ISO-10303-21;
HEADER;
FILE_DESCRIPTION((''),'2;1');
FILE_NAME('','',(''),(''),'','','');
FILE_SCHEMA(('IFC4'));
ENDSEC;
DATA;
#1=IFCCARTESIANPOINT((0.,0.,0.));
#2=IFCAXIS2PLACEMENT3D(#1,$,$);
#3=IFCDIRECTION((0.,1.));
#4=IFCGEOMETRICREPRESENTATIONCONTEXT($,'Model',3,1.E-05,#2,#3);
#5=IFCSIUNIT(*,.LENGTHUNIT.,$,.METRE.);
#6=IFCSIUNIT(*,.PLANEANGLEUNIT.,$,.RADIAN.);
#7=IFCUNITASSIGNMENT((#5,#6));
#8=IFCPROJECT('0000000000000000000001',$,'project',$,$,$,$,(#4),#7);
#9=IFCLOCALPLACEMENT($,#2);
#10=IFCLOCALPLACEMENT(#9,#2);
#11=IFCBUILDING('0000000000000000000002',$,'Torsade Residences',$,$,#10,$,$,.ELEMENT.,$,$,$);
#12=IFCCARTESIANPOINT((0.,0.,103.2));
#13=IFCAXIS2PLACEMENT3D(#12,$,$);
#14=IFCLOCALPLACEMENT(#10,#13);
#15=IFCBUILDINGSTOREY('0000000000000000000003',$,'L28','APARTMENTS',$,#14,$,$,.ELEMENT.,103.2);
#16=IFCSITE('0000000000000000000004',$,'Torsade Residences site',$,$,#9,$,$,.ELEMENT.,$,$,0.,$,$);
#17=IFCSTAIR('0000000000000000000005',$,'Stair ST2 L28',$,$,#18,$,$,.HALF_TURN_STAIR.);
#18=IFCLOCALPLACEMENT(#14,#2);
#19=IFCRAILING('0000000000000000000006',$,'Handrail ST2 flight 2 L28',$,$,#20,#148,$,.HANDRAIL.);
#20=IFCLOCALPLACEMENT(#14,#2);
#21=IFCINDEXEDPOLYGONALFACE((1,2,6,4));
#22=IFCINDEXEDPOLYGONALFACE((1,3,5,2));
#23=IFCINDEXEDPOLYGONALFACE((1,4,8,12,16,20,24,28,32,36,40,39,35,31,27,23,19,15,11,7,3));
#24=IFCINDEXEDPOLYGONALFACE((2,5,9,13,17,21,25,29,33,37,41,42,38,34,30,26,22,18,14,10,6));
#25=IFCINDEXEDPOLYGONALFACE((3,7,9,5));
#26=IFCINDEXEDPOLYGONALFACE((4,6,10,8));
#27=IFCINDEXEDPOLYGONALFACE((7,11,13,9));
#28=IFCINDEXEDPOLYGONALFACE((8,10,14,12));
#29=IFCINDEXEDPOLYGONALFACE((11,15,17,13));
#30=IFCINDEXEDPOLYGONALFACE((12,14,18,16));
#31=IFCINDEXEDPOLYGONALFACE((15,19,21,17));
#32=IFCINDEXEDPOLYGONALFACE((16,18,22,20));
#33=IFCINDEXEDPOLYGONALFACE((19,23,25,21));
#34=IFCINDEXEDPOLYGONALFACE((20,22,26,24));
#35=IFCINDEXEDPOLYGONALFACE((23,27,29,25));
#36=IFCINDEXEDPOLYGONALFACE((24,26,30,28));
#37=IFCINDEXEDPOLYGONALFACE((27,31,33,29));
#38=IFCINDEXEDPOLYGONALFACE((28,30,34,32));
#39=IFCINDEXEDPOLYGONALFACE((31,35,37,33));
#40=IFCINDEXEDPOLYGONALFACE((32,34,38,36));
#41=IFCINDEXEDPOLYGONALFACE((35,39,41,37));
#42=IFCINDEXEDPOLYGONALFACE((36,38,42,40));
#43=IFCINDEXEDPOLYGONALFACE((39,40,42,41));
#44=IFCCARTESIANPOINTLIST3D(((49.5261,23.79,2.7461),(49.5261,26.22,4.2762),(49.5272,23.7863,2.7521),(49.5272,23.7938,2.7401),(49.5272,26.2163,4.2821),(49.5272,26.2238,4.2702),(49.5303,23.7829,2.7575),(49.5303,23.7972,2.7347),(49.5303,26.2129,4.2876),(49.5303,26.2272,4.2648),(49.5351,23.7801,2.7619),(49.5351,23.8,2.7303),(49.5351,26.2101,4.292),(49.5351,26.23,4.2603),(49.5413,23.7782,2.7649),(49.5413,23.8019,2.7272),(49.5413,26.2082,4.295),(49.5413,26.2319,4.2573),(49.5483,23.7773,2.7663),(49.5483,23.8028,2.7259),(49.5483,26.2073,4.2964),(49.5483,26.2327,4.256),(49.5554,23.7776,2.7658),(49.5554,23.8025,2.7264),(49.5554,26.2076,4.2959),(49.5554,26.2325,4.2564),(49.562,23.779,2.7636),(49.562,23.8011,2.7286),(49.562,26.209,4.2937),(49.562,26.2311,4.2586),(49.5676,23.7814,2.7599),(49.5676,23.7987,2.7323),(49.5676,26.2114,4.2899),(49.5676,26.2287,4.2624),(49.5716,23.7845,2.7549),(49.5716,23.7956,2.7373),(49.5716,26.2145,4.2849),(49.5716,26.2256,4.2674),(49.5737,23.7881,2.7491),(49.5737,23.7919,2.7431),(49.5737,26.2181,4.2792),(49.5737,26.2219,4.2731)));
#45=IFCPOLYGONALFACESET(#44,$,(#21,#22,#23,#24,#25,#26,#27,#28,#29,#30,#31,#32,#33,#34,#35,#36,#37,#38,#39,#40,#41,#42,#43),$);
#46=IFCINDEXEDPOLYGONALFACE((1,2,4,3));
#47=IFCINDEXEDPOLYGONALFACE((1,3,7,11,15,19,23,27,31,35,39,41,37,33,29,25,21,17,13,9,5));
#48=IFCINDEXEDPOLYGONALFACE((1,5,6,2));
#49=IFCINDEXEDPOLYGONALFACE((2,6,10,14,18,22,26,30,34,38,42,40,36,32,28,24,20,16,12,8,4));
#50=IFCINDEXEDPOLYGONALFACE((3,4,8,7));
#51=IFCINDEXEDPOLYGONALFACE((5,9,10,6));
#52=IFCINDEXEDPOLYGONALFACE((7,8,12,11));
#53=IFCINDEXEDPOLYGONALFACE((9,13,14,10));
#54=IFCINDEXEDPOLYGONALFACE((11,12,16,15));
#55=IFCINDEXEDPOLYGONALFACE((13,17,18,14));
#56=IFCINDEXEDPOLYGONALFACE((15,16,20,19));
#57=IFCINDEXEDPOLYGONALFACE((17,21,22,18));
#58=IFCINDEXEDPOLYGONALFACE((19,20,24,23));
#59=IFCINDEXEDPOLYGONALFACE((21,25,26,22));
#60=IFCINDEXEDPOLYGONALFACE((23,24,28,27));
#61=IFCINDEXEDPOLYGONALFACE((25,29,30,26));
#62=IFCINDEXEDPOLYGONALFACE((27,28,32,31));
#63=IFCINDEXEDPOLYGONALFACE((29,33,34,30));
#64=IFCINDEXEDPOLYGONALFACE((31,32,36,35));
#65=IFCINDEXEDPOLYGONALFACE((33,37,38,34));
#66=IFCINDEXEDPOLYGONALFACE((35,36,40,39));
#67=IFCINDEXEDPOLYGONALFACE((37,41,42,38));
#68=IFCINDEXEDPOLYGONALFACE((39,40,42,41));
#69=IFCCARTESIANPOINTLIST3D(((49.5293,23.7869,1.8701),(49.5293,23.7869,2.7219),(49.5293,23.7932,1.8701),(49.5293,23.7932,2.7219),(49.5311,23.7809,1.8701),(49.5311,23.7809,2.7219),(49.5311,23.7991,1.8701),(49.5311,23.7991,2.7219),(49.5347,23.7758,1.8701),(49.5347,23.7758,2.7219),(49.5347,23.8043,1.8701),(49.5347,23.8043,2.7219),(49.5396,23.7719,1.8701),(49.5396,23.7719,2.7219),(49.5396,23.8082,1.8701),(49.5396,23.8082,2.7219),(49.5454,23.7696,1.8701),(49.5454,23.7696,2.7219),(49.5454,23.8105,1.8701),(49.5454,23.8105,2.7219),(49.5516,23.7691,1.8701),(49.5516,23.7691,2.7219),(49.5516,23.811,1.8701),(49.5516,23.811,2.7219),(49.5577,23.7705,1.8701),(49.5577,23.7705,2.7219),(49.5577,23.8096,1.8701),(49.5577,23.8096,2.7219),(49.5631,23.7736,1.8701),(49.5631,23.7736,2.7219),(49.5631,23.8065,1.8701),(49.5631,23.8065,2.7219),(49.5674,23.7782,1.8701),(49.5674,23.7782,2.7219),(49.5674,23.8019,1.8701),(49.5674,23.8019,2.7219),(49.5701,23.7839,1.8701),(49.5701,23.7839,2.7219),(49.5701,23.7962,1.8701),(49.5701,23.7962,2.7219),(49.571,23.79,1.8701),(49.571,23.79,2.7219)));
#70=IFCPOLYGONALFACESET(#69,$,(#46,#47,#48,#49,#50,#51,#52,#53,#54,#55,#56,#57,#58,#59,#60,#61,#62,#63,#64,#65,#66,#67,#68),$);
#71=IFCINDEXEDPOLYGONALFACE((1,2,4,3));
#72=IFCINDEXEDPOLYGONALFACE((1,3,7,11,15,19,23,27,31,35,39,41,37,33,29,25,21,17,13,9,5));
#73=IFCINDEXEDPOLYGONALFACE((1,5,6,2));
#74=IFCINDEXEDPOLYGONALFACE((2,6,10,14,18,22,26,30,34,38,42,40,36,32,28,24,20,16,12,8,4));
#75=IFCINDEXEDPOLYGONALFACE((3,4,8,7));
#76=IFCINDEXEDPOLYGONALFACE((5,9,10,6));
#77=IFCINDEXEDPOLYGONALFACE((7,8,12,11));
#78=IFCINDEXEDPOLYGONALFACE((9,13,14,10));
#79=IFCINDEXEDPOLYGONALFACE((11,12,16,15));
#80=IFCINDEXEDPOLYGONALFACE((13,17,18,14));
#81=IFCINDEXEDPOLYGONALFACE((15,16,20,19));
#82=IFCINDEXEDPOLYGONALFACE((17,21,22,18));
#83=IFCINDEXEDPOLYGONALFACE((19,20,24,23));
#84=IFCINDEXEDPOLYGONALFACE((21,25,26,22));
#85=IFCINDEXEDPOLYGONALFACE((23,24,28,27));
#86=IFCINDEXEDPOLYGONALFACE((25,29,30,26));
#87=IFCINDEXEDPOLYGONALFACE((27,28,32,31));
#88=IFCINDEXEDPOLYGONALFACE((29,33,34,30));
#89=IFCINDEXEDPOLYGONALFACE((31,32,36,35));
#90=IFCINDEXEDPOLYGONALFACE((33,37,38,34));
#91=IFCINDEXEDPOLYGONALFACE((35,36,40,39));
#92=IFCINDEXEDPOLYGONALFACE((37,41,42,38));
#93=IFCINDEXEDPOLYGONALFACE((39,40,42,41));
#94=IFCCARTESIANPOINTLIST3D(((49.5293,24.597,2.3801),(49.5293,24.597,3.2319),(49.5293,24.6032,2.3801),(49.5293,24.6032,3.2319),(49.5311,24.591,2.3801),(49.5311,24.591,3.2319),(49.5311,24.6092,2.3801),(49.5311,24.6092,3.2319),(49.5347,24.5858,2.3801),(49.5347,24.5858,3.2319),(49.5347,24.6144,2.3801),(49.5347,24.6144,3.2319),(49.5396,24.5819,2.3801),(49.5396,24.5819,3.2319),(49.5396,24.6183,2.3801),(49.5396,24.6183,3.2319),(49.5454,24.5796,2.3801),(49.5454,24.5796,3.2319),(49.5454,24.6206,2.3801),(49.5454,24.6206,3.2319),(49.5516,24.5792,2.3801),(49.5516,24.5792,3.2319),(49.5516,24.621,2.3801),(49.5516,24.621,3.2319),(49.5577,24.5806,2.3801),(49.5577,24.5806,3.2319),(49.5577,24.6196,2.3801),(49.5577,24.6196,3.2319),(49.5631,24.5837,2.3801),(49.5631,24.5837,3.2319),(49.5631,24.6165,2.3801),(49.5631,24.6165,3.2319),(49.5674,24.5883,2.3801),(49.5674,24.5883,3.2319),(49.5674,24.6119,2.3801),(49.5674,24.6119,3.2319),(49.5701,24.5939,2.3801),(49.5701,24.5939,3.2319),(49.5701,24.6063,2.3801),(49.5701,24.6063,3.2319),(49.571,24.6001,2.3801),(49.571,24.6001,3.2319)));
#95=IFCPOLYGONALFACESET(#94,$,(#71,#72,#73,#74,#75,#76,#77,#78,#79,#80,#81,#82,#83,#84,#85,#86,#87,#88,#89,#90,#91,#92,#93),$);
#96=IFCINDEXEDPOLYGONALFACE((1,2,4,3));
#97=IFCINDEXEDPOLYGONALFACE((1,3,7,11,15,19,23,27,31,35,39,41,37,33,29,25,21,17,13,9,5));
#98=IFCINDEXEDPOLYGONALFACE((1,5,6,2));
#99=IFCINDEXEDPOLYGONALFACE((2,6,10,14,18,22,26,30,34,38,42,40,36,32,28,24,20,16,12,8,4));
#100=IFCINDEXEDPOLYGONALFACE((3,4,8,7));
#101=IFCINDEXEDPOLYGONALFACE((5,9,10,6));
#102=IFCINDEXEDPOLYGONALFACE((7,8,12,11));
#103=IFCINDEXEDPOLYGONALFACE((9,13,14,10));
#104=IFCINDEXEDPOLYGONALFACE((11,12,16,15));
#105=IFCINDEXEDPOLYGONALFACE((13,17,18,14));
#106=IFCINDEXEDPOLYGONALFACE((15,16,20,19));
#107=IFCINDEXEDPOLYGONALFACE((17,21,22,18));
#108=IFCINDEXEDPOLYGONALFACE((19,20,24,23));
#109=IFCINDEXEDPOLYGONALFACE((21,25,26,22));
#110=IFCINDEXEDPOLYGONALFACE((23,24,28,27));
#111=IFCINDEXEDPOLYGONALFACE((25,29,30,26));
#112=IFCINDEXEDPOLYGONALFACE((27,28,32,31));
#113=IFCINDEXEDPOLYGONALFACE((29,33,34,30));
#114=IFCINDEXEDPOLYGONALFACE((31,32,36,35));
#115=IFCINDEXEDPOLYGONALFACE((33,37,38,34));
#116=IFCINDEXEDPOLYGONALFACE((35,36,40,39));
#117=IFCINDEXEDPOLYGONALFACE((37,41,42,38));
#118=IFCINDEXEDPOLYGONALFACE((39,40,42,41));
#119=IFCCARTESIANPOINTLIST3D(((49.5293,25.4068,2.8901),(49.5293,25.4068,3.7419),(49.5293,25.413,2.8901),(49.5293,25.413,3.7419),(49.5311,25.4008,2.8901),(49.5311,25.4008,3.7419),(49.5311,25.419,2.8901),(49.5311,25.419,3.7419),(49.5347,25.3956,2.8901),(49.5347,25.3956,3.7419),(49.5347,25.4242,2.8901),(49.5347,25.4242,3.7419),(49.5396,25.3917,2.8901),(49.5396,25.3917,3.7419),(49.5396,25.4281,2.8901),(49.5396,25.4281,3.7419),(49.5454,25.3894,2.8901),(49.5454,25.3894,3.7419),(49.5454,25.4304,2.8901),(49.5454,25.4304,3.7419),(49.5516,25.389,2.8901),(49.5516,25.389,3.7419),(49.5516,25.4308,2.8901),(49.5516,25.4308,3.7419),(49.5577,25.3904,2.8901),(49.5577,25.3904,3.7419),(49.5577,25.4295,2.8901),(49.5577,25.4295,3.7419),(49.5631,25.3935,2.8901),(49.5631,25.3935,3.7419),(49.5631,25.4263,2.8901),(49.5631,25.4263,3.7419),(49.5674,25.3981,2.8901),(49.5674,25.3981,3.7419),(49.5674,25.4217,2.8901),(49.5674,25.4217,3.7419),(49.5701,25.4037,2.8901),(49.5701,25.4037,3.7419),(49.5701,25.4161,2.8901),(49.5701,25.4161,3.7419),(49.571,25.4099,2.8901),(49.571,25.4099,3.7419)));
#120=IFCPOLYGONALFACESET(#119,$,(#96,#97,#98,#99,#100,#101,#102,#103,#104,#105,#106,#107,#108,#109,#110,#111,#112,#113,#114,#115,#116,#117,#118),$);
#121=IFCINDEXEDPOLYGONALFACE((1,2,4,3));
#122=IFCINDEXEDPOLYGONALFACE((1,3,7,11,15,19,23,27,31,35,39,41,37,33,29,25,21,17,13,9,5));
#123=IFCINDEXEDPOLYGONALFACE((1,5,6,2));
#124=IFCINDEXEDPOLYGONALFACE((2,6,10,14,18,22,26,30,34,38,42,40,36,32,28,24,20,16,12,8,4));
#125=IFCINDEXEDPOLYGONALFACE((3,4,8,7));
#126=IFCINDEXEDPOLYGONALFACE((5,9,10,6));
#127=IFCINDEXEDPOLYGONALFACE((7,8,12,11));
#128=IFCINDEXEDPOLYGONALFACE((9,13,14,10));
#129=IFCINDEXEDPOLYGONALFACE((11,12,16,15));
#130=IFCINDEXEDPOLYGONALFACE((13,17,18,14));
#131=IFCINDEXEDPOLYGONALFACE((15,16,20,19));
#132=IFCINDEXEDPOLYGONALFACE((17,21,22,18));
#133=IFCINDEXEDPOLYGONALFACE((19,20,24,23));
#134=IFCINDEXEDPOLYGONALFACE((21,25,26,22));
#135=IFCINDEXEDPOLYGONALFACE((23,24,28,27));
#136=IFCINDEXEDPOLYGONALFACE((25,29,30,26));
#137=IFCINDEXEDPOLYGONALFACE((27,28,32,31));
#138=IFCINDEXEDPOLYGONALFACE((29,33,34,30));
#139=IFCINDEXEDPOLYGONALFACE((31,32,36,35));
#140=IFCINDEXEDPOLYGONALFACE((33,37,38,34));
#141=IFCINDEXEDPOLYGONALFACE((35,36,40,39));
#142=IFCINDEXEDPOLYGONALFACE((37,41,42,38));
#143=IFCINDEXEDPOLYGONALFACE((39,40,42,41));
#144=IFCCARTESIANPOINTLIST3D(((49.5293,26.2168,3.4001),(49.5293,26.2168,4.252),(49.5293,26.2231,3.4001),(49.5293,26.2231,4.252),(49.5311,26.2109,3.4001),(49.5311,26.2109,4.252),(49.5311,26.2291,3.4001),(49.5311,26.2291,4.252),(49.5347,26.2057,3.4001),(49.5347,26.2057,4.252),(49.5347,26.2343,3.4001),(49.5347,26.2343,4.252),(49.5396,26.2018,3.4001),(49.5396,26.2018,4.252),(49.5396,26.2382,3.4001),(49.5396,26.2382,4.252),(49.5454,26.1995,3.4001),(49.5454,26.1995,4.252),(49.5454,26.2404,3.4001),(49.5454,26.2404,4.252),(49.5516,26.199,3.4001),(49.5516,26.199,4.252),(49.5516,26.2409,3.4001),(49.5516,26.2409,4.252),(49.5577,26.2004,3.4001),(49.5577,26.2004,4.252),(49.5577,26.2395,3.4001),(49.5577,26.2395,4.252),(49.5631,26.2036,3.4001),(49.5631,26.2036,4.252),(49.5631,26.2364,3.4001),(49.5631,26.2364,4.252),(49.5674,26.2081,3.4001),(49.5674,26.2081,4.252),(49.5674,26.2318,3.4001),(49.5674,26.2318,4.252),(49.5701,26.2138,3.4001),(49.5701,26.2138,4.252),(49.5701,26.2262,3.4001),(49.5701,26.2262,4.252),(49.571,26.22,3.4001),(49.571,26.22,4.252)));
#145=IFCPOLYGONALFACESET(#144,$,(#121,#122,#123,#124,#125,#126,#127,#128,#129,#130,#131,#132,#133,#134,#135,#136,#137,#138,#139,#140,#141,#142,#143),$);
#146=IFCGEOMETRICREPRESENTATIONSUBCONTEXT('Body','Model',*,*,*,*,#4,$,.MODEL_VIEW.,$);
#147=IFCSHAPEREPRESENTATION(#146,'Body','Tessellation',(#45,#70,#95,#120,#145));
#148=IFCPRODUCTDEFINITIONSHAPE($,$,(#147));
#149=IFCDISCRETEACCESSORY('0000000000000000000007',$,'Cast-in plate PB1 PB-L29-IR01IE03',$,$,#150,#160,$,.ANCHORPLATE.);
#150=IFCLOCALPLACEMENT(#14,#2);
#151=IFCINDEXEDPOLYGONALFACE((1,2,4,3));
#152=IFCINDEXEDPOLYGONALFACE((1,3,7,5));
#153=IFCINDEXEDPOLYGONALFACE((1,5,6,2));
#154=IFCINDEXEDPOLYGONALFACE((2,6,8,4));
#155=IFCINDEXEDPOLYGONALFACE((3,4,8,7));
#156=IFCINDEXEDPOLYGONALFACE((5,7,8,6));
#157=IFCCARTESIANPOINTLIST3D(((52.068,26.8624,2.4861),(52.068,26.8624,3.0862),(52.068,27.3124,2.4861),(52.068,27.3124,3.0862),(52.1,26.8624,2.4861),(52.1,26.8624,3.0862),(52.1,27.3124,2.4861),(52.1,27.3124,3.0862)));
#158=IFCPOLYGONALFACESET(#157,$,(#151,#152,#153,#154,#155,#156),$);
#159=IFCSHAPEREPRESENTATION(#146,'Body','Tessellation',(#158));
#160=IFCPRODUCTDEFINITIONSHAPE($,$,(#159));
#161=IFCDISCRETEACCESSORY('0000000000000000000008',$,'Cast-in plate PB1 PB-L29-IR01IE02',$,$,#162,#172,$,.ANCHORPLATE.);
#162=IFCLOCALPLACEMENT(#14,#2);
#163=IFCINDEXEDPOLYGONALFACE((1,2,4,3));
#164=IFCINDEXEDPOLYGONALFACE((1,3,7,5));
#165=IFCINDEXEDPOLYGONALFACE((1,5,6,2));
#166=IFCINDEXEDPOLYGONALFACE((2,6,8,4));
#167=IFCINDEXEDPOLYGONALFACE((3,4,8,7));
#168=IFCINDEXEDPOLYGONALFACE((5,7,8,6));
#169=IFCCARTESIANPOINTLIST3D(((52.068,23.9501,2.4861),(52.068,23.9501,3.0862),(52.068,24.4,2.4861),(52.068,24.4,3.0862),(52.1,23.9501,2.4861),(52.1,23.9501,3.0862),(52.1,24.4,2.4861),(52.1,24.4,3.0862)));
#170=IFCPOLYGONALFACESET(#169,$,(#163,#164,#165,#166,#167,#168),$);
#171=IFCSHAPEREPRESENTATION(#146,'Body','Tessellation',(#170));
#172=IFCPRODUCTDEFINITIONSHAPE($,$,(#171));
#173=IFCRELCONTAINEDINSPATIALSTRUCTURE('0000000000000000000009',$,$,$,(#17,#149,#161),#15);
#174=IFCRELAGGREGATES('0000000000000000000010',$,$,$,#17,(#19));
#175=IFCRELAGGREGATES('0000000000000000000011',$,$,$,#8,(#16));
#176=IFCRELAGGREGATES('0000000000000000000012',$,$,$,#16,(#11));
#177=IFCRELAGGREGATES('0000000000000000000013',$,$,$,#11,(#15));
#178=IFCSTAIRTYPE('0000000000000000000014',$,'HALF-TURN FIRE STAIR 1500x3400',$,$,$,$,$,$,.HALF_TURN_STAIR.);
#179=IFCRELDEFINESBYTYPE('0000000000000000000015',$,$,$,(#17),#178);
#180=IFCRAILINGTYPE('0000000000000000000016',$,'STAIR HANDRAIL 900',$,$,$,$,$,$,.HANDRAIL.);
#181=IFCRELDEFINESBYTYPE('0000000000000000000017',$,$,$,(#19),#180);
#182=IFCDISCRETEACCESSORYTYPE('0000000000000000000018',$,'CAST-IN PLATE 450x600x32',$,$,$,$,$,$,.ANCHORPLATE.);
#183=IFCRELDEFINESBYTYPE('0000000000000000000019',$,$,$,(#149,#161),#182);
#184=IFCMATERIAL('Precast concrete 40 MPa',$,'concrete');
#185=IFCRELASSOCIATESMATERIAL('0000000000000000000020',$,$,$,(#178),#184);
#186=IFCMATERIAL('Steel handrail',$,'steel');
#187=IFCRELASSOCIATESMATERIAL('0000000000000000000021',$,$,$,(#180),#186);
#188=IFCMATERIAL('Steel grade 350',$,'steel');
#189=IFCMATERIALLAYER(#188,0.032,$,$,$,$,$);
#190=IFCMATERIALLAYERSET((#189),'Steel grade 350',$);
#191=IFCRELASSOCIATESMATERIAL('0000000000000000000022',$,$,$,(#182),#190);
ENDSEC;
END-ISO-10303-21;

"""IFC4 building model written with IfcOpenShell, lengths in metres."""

from ifc_helpers import new_model, si_unit, direction, frame, origin, origin_2d, place, context, subcontext, project, spatial, rectangle, circle, extrude, material, layer, layer_set, type_object, element, aggregate, save


model = new_model("IFC4")

# Units and contexts
model_context = context("Model", 3, precision=1e-05, world=origin(), true_north=direction((0.0, 1.0)))
body_context = subcontext(model_context, "Body", "Model", "MODEL_VIEW")
ifc_project = project(units=[si_unit("LENGTHUNIT", "METRE"), si_unit("PLANEANGLEUNIT", "RADIAN")], contexts=[model_context])

# Site, building, storey
site_placement = place(None, origin())
site = spatial("IfcSite", under=ifc_project, at=site_placement, Name="Torsade Residences site", CompositionType="ELEMENT", RefElevation=0.0)
building_placement = place(site_placement, origin())
building = spatial("IfcBuilding", under=site, at=building_placement, Name="Torsade Residences", CompositionType="ELEMENT")
storey_placement = place(building_placement, frame((0.0, 0.0, 103.2)))
storey = spatial("IfcBuildingStorey", under=building, at=storey_placement, Name="L28", Description="APARTMENTS", CompositionType="ELEMENT", Elevation=103.2)

# Stair, railing
ifc_material_1 = material(Name="Precast concrete 40 MPa", Category="concrete")
stair_type = type_object("IfcStairType", Name="HALF-TURN FIRE STAIR 1500x3400", PredefinedType="HALF_TURN_STAIR", material=ifc_material_1)
stair_placement = place(storey_placement, origin())
stair = element("IfcStair", 1, at=stair_placement, inside=storey, type_object=stair_type, Name="Stair ST2 L28", PredefinedType="HALF_TURN_STAIR")
ifc_material_2 = material(Name="Steel handrail", Category="steel")
railing_type = type_object("IfcRailingType", Name="STAIR HANDRAIL 900", PredefinedType="HANDRAIL", material=ifc_material_2)
railing_1_placement = place(storey_placement, frame((49.55, 23.79, 1.8701)))
railing_1 = element("IfcRailing", 2, at=railing_1_placement, type_object=railing_type, Name="Handrail ST2 flight 2 L28", PredefinedType="HANDRAIL", context=body_context, shape_type="SweptSolid", body=[
    extrude(circle(Radius=0.0239, at=origin_2d()), frame((0.0, 0.0, 0.876), z_axis=(0.0, 0.846221, 0.532831), x_axis=(-1.0, 0.0, 0.0)), (0.0, 0.0, 1.0), 2.8716),
    extrude(circle(Radius=0.021, at=origin_2d()), origin(), (0.0, 0.0, 1.0), 0.8518),
    extrude(circle(Radius=0.021, at=origin_2d()), frame((0.0, 0.8101, 0.51)), (0.0, 0.0, 1.0), 0.8518),
    extrude(circle(Radius=0.021, at=origin_2d()), frame((0.0, 1.6199, 1.02)), (0.0, 0.0, 1.0), 0.8518),
    extrude(circle(Radius=0.021, at=origin_2d()), frame((0.0, 2.4299, 1.53)), (0.0, 0.0, 1.0), 0.8518),
])
aggregate(stair, [railing_1])

# Discrete accessories
ifc_material_3 = material(Name="Steel grade 350", Category="steel")
ifc_layer_1 = layer(ifc_material_3, 0.032)
ifc_layer_set_1 = layer_set([ifc_layer_1], Name="Steel grade 350")
discrete_accessory_type = type_object("IfcDiscreteAccessoryType", Name="CAST-IN PLATE 450x600x32", PredefinedType="ANCHORPLATE", material=ifc_layer_set_1)
for number, where, z_axis, x_axis, name in (
    (3, (52.084, 27.0874, 2.4861), (0.0, 0.0, 1.0), (1.0, 0.0, 0.0), "Cast-in plate PB1 PB-L29-IR01IE03"),
    (4, (52.084, 24.175, 2.4861), (0.0, 0.0, 1.0), (1.0, 0.0, 0.0), "Cast-in plate PB1 PB-L29-IR01IE02"),
):
    element("IfcDiscreteAccessory", number, at=place(storey_placement, frame(where, z_axis=z_axis, x_axis=x_axis)), inside=storey, type_object=discrete_accessory_type, Name=name, PredefinedType="ANCHORPLATE", context=body_context, shape_type="SweptSolid", body=[
        extrude(rectangle(XDim=0.032, YDim=0.45, at=origin_2d()), origin(), (0.0, 0.0, 1.0), 0.6001),
    ])

save(model, "model.ifc")
